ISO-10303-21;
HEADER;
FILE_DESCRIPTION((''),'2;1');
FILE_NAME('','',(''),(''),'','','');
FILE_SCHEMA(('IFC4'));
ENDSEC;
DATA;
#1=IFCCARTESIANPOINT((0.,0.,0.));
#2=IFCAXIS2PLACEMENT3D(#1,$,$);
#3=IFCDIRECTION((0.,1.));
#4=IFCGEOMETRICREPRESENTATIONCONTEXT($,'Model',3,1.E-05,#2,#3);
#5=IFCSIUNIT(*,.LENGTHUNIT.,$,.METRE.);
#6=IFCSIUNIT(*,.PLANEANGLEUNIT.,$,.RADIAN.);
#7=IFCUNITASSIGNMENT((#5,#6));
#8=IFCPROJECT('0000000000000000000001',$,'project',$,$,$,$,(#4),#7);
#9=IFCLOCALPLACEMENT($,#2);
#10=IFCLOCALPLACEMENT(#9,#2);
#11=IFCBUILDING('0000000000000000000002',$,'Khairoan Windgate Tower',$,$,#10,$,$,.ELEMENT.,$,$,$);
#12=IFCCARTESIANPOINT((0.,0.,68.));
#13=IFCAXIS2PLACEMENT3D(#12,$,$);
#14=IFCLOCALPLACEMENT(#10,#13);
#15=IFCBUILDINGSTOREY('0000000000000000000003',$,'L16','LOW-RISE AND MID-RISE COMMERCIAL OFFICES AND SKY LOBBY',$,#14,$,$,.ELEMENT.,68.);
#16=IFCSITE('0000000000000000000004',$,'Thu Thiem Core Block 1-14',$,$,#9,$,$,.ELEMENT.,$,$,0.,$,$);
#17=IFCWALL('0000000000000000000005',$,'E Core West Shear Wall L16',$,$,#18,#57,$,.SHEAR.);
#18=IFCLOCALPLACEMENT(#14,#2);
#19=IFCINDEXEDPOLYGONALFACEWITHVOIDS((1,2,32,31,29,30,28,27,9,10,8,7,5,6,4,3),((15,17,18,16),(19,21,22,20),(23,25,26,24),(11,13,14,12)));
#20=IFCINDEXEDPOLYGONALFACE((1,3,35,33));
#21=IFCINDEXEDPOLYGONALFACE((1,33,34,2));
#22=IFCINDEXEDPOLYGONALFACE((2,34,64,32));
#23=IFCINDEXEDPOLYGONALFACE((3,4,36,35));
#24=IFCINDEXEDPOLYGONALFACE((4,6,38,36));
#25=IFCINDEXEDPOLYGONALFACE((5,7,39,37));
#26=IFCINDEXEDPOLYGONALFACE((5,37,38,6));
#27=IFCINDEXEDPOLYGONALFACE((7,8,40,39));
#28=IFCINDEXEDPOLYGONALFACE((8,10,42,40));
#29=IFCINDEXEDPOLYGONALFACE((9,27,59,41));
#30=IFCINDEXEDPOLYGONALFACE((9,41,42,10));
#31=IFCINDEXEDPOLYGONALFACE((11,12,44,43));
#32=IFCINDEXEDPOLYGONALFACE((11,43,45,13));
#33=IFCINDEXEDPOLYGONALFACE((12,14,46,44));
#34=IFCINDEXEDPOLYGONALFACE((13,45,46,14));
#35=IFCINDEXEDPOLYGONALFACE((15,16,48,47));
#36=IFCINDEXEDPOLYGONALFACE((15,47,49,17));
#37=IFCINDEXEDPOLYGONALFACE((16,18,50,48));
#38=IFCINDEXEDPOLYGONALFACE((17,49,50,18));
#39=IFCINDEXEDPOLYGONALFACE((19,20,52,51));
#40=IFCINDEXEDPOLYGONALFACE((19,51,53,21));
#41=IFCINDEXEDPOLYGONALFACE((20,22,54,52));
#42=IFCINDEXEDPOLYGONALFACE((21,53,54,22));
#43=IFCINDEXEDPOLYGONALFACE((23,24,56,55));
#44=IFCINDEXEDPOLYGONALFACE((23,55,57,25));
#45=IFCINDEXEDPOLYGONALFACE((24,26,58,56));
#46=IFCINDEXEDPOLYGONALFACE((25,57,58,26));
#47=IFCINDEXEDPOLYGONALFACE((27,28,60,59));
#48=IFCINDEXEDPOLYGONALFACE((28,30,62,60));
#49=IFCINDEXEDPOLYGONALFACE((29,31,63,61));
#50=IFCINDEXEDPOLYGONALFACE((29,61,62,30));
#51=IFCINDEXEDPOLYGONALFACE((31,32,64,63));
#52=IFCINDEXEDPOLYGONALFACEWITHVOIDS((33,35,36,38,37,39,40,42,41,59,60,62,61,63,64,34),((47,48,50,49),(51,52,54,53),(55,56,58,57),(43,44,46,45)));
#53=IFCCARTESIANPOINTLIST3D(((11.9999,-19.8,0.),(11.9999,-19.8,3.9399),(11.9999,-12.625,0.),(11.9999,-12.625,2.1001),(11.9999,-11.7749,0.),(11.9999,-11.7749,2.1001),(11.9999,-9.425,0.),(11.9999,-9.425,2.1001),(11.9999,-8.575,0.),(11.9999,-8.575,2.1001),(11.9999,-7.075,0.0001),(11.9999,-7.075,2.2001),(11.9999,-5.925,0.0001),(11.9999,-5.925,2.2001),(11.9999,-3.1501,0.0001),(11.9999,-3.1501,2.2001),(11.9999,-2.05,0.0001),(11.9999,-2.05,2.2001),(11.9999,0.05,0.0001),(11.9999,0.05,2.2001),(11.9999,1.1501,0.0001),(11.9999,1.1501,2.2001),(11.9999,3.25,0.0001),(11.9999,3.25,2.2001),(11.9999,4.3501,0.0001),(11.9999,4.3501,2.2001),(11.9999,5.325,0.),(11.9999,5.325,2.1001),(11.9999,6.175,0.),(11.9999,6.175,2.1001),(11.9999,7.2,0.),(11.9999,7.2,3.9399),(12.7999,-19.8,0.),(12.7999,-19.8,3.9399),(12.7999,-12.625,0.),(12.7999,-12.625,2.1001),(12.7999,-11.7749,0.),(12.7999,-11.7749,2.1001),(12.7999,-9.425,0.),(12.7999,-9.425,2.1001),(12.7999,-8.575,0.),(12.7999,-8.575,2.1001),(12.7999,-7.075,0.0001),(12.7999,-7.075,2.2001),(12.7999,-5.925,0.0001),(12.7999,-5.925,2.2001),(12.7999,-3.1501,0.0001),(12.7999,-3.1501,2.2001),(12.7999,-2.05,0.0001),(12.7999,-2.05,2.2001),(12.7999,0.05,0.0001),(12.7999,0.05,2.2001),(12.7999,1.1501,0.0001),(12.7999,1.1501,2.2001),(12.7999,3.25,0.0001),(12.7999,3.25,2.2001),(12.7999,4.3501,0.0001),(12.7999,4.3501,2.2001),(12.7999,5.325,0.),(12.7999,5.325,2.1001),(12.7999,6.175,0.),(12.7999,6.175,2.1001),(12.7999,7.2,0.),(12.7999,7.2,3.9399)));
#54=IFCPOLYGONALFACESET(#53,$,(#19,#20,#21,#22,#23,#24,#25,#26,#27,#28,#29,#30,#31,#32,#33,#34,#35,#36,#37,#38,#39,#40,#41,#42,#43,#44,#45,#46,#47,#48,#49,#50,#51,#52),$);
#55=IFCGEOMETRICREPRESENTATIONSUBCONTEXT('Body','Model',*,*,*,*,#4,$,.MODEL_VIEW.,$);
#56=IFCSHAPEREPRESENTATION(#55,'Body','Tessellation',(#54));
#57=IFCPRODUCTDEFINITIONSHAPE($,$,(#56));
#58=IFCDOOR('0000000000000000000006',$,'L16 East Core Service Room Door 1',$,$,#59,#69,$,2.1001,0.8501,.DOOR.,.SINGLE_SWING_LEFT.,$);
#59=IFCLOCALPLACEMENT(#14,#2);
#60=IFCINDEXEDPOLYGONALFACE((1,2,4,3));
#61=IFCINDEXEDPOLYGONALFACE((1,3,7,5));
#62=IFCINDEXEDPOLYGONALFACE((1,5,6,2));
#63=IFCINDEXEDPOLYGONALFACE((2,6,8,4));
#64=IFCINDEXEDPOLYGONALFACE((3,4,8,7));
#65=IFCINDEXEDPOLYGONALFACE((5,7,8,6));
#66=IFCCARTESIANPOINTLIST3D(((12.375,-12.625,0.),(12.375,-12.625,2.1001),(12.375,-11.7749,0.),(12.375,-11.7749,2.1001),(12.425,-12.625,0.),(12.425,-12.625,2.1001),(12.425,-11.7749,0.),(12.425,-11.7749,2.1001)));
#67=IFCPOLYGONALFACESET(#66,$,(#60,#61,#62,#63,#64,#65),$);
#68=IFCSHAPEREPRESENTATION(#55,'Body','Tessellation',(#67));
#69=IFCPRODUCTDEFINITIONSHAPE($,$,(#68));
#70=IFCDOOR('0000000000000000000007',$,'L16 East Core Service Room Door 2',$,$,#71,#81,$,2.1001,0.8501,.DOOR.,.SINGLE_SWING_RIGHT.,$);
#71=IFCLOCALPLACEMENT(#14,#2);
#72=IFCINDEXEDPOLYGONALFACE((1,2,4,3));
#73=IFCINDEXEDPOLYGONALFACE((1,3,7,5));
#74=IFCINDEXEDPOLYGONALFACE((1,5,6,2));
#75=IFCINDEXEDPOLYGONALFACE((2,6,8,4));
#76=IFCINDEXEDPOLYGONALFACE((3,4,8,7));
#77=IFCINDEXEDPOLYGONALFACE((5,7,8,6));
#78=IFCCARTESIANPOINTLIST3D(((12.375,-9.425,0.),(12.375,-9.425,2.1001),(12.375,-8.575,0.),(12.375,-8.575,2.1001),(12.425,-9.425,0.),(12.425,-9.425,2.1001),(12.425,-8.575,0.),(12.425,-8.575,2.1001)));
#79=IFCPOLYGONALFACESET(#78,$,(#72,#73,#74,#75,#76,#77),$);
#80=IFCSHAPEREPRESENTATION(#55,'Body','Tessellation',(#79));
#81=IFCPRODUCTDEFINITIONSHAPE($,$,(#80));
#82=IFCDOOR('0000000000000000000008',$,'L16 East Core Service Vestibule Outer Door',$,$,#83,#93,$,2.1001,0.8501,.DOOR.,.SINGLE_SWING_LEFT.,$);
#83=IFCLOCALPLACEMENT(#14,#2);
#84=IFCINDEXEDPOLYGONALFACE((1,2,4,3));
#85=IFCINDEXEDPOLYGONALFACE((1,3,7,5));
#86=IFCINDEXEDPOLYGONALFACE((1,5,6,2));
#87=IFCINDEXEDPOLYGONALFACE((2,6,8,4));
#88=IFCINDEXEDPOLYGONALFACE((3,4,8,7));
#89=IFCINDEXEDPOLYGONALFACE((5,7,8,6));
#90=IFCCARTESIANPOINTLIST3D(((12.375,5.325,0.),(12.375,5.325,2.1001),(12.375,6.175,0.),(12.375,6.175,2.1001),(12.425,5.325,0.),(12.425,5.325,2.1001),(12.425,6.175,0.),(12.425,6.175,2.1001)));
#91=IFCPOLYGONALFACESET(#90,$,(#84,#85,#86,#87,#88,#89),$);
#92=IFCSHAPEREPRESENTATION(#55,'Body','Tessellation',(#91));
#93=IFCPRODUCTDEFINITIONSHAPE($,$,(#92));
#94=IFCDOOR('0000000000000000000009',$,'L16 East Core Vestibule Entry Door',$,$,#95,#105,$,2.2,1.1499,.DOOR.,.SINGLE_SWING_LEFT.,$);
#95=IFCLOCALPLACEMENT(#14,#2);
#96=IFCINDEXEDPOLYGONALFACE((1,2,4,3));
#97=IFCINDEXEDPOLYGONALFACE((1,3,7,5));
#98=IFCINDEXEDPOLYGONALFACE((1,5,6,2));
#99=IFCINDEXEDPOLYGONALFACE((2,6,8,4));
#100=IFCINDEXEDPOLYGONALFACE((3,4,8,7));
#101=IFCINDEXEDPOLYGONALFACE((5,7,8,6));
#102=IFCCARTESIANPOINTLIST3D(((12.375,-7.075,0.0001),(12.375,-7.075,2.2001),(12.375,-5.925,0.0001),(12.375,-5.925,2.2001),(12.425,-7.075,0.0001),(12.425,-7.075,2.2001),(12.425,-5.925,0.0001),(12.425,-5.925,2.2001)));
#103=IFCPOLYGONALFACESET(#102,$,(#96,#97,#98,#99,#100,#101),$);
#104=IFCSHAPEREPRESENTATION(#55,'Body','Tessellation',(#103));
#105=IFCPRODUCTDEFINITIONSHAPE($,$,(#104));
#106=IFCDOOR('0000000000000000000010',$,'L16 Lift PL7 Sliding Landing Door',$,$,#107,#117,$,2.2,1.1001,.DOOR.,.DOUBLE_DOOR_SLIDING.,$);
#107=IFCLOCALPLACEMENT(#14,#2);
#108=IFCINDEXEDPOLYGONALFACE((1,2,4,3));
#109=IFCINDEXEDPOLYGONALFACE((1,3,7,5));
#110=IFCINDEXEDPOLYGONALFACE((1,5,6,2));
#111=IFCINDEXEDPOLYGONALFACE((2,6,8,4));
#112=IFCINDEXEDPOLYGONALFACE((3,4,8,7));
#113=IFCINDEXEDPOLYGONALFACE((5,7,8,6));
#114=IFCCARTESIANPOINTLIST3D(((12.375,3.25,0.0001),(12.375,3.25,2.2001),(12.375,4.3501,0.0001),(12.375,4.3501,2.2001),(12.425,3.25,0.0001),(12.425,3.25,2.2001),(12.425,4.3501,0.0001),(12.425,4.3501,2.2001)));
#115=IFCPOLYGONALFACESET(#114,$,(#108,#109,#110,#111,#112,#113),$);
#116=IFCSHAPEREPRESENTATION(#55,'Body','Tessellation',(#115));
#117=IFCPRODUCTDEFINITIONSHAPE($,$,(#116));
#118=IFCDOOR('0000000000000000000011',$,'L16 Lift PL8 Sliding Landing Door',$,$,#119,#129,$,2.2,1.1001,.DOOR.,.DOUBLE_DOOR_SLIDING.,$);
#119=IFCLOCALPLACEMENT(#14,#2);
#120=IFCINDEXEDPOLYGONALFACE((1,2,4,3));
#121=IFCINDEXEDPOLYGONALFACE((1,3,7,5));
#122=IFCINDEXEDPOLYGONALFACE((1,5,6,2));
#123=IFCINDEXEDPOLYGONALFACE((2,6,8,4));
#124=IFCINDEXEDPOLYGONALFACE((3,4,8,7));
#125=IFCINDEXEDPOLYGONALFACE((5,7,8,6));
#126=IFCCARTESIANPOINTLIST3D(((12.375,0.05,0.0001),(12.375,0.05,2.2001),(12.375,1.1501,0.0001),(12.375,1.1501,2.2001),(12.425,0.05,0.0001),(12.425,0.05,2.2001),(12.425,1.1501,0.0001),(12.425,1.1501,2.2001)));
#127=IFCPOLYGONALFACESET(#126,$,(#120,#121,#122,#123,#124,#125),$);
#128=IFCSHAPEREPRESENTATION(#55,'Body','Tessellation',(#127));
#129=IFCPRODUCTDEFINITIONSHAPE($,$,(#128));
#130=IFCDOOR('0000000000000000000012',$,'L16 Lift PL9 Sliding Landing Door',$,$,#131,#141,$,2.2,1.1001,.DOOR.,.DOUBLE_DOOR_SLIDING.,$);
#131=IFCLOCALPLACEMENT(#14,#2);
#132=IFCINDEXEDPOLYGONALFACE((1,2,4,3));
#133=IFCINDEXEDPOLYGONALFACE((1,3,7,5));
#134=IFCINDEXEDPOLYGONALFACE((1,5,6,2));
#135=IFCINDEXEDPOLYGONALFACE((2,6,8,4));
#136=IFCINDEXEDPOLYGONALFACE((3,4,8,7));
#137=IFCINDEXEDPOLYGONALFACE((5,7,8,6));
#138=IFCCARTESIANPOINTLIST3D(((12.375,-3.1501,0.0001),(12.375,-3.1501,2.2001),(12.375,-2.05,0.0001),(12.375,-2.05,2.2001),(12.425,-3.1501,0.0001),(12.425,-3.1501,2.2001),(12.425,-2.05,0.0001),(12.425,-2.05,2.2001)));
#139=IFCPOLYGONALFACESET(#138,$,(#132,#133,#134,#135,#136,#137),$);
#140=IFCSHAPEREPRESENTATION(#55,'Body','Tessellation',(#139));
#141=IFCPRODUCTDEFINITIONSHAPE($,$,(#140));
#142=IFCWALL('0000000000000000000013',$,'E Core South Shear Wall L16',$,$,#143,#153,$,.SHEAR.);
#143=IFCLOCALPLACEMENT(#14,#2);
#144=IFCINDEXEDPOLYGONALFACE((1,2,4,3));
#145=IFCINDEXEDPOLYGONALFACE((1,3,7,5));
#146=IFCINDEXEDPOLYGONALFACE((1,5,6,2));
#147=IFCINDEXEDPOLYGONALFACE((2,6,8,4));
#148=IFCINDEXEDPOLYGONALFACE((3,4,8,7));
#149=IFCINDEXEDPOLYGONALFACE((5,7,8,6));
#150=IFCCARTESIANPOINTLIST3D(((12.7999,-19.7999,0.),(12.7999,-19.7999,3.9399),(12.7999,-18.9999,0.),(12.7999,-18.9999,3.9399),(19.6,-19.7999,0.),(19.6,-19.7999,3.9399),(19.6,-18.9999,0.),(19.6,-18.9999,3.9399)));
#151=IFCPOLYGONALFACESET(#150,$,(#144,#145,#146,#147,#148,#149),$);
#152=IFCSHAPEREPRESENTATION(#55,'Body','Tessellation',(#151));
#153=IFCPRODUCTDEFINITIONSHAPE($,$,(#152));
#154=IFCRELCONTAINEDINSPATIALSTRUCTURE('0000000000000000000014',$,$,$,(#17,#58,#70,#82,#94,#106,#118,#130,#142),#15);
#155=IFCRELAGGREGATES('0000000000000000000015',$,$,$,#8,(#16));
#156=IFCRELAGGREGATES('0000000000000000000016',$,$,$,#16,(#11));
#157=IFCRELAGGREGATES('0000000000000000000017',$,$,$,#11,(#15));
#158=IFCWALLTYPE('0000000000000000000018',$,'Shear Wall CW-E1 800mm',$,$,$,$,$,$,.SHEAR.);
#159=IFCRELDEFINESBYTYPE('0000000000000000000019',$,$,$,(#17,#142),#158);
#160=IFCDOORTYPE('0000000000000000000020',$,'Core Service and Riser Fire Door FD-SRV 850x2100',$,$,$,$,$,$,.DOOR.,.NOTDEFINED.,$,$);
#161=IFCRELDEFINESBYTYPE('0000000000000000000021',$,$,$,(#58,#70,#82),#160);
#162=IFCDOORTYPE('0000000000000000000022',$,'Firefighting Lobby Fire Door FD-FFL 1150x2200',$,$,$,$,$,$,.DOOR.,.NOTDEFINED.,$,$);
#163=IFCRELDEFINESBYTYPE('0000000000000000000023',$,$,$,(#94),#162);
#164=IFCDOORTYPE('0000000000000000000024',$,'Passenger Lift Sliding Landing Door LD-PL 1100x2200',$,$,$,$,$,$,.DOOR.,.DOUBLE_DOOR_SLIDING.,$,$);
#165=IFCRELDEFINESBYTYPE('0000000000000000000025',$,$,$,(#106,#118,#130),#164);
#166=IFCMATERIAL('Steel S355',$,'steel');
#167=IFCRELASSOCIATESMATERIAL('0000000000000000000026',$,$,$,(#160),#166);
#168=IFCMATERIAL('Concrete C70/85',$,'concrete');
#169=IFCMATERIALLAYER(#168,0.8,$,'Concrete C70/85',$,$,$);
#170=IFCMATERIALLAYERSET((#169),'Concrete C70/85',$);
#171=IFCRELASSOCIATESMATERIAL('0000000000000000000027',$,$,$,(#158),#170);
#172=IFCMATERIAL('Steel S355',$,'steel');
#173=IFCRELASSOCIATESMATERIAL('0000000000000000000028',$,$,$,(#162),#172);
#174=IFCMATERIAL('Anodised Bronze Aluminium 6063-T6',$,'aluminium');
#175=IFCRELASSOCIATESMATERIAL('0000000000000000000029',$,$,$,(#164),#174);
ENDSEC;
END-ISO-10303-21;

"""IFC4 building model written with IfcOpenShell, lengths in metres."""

from ifc_helpers import new_model, si_unit, direction, frame, frame_2d, origin, place, context, subcontext, project, spatial, rectangle, extrude, material, layer, layer_set, type_object, element, fill, save


model = new_model("IFC4")

# Units and contexts
model_context = context("Model", 3, precision=1e-05, world=origin(), true_north=direction((0.0, 1.0)))
body_context = subcontext(model_context, "Body", "Model", "MODEL_VIEW")
ifc_project = project(units=[si_unit("LENGTHUNIT", "METRE"), si_unit("PLANEANGLEUNIT", "RADIAN")], contexts=[model_context])

# Site, building, storey
site_placement = place(None, origin())
site = spatial("IfcSite", under=ifc_project, at=site_placement, Name="Thu Thiem Core Block 1-14", CompositionType="ELEMENT", RefElevation=0.0)
building_placement = place(site_placement, origin())
building = spatial("IfcBuilding", under=site, at=building_placement, Name="Khairoan Windgate Tower", CompositionType="ELEMENT")
storey_placement = place(building_placement, frame((0.0, 0.0, 68.0)))
storey = spatial("IfcBuildingStorey", under=building, at=storey_placement, Name="L16", Description="LOW-RISE AND MID-RISE COMMERCIAL OFFICES AND SKY LOBBY", CompositionType="ELEMENT", Elevation=68.0)

# Shared definitions
ifc_material_1 = material(Name="Steel S355", Category="steel")
door_type_1 = type_object("IfcDoorType", Name="Core Service and Riser Fire Door FD-SRV 850x2100", OperationType="NOTDEFINED", PredefinedType="DOOR", material=ifc_material_1)

# Wall, openings, doors
ifc_material_2 = material(Name="Concrete C70/85", Category="concrete")
ifc_layer_1 = layer(ifc_material_2, 0.8, Name="Concrete C70/85")
ifc_layer_set_1 = layer_set([ifc_layer_1], Name="Concrete C70/85")
wall_type_1 = type_object("IfcWallType", Name="Shear Wall CW-E1 800mm", PredefinedType="SHEAR", material=ifc_layer_set_1)
wall_1_placement = place(storey_placement, frame((12.3999, -19.8, 0.0), z_axis=(0.0, 0.0, 1.0), x_axis=(0.0, 1.0, 0.0)))
wall_1 = element("IfcWall", 1, at=wall_1_placement, inside=storey, type_object=wall_type_1, Name="E Core West Shear Wall L16", PredefinedType="SHEAR", context=body_context, shape_type="SweptSolid", body=[
    extrude(rectangle(XDim=27.0, YDim=0.8, at=frame_2d((13.5, 0.0))), origin(), (0.0, 0.0, 1.0), 3.9399),
])
opening_1_placement = place(wall_1_placement, frame((23.05, 0.0, 0.0)))
opening_1 = element("IfcOpeningElement", 2, at=opening_1_placement, cuts=wall_1, PredefinedType="OPENING", context=body_context, shape_type="SweptSolid", body=[
    extrude(rectangle(XDim=1.1001, YDim=2.2, at=frame_2d((0.55, 1.1001))), frame((0.0, 0.4099, 0.0), z_axis=(0.0, -1.0, 0.0), x_axis=(1.0, 0.0, 0.0)), (0.0, 0.0, 1.0), 0.8201),
])
opening_2_placement = place(wall_1_placement, frame((19.8501, 0.0, 0.0)))
opening_2 = element("IfcOpeningElement", 3, at=opening_2_placement, cuts=wall_1, PredefinedType="OPENING", context=body_context, shape_type="SweptSolid", body=[
    extrude(rectangle(XDim=1.1001, YDim=2.2, at=frame_2d((0.55, 1.1001))), frame((0.0, 0.4099, 0.0), z_axis=(0.0, -1.0, 0.0), x_axis=(1.0, 0.0, 0.0)), (0.0, 0.0, 1.0), 0.8201),
])
opening_3_placement = place(wall_1_placement, frame((16.6499, 0.0, 0.0)))
opening_3 = element("IfcOpeningElement", 4, at=opening_3_placement, cuts=wall_1, PredefinedType="OPENING", context=body_context, shape_type="SweptSolid", body=[
    extrude(rectangle(XDim=1.1001, YDim=2.2, at=frame_2d((0.55, 1.1001))), frame((0.0, 0.4099, 0.0), z_axis=(0.0, -1.0, 0.0), x_axis=(1.0, 0.0, 0.0)), (0.0, 0.0, 1.0), 0.8201),
])
opening_4_placement = place(wall_1_placement, frame((7.175, 0.0, 0.0)))
opening_4 = element("IfcOpeningElement", 5, at=opening_4_placement, cuts=wall_1, PredefinedType="OPENING", context=body_context, shape_type="SweptSolid", body=[
    extrude(rectangle(XDim=0.8501, YDim=2.1001, at=frame_2d((0.425, 1.05))), frame((0.0, 0.4099, 0.0), z_axis=(0.0, -1.0, 0.0), x_axis=(1.0, 0.0, 0.0)), (0.0, 0.0, 1.0), 0.8201),
])
opening_5_placement = place(wall_1_placement, frame((10.375, 0.0, 0.0)))
opening_5 = element("IfcOpeningElement", 6, at=opening_5_placement, cuts=wall_1, PredefinedType="OPENING", context=body_context, shape_type="SweptSolid", body=[
    extrude(rectangle(XDim=0.8501, YDim=2.1001, at=frame_2d((0.425, 1.05))), frame((0.0, 0.4099, 0.0), z_axis=(0.0, -1.0, 0.0), x_axis=(1.0, 0.0, 0.0)), (0.0, 0.0, 1.0), 0.8201),
])
opening_6_placement = place(wall_1_placement, frame((12.7251, 0.0, 0.0)))
opening_6 = element("IfcOpeningElement", 7, at=opening_6_placement, cuts=wall_1, PredefinedType="OPENING", context=body_context, shape_type="SweptSolid", body=[
    extrude(rectangle(XDim=1.1499, YDim=2.2, at=frame_2d((0.575, 1.1001))), frame((0.0, 0.4099, 0.0), z_axis=(0.0, -1.0, 0.0), x_axis=(1.0, 0.0, 0.0)), (0.0, 0.0, 1.0), 0.8201),
])
opening_7_placement = place(wall_1_placement, frame((25.125, 0.0, 0.0)))
opening_7 = element("IfcOpeningElement", 8, at=opening_7_placement, cuts=wall_1, PredefinedType="OPENING", context=body_context, shape_type="SweptSolid", body=[
    extrude(rectangle(XDim=0.8501, YDim=2.1001, at=frame_2d((0.425, 1.05))), frame((0.0, 0.4099, 0.0), z_axis=(0.0, -1.0, 0.0), x_axis=(1.0, 0.0, 0.0)), (0.0, 0.0, 1.0), 0.8201),
])
door_1_placement = place(opening_4_placement, origin())
door_1 = element("IfcDoor", 9, at=door_1_placement, inside=storey, type_object=door_type_1, Name="L16 East Core Service Room Door 1", OperationType="SINGLE_SWING_LEFT", OverallHeight=2.1001, OverallWidth=0.8501, PredefinedType="DOOR", context=body_context, shape_type="SweptSolid", body=[
    extrude(rectangle(XDim=0.8501, YDim=2.1001, at=frame_2d((0.425, 1.05))), frame((0.0, 0.0249, 0.0), z_axis=(0.0, -1.0, 0.0), x_axis=(1.0, 0.0, 0.0)), (0.0, 0.0, 1.0), 0.05),
])
fill(opening_4, door_1)
door_2_placement = place(opening_5_placement, origin())
door_2 = element("IfcDoor", 10, at=door_2_placement, inside=storey, type_object=door_type_1, Name="L16 East Core Service Room Door 2", OperationType="SINGLE_SWING_RIGHT", OverallHeight=2.1001, OverallWidth=0.8501, PredefinedType="DOOR", context=body_context, shape_type="SweptSolid", body=[
    extrude(rectangle(XDim=0.8501, YDim=2.1001, at=frame_2d((0.425, 1.05))), frame((0.0, 0.0249, 0.0), z_axis=(0.0, -1.0, 0.0), x_axis=(1.0, 0.0, 0.0)), (0.0, 0.0, 1.0), 0.05),
])
fill(opening_5, door_2)
door_3_placement = place(opening_7_placement, origin())
door_3 = element("IfcDoor", 11, at=door_3_placement, inside=storey, type_object=door_type_1, Name="L16 East Core Service Vestibule Outer Door", OperationType="SINGLE_SWING_LEFT", OverallHeight=2.1001, OverallWidth=0.8501, PredefinedType="DOOR", context=body_context, shape_type="SweptSolid", body=[
    extrude(rectangle(XDim=0.8501, YDim=2.1001, at=frame_2d((0.425, 1.05))), frame((0.0, 0.0249, 0.0), z_axis=(0.0, -1.0, 0.0), x_axis=(1.0, 0.0, 0.0)), (0.0, 0.0, 1.0), 0.05),
])
fill(opening_7, door_3)
ifc_material_3 = material(Name="Steel S355", Category="steel")
door_type_2 = type_object("IfcDoorType", Name="Firefighting Lobby Fire Door FD-FFL 1150x2200", OperationType="NOTDEFINED", PredefinedType="DOOR", material=ifc_material_3)
door_4_placement = place(opening_6_placement, origin())
door_4 = element("IfcDoor", 12, at=door_4_placement, inside=storey, type_object=door_type_2, Name="L16 East Core Vestibule Entry Door", OperationType="SINGLE_SWING_LEFT", OverallHeight=2.2, OverallWidth=1.1499, PredefinedType="DOOR", context=body_context, shape_type="SweptSolid", body=[
    extrude(rectangle(XDim=1.1499, YDim=2.2, at=frame_2d((0.575, 1.1001))), frame((0.0, 0.0249, 0.0), z_axis=(0.0, -1.0, 0.0), x_axis=(1.0, 0.0, 0.0)), (0.0, 0.0, 1.0), 0.05),
])
fill(opening_6, door_4)
ifc_material_4 = material(Name="Anodised Bronze Aluminium 6063-T6", Category="aluminium")
door_type_3 = type_object("IfcDoorType", Name="Passenger Lift Sliding Landing Door LD-PL 1100x2200", OperationType="DOUBLE_DOOR_SLIDING", PredefinedType="DOOR", material=ifc_material_4)
door_5_placement = place(opening_1_placement, origin())
door_5 = element("IfcDoor", 13, at=door_5_placement, inside=storey, type_object=door_type_3, Name="L16 Lift PL7 Sliding Landing Door", OperationType="DOUBLE_DOOR_SLIDING", OverallHeight=2.2, OverallWidth=1.1001, PredefinedType="DOOR", context=body_context, shape_type="SweptSolid", body=[
    extrude(rectangle(XDim=1.1001, YDim=2.2, at=frame_2d((0.55, 1.1001))), frame((0.0, 0.0249, 0.0), z_axis=(0.0, -1.0, 0.0), x_axis=(1.0, 0.0, 0.0)), (0.0, 0.0, 1.0), 0.05),
])
fill(opening_1, door_5)
door_6_placement = place(opening_2_placement, origin())
door_6 = element("IfcDoor", 14, at=door_6_placement, inside=storey, type_object=door_type_3, Name="L16 Lift PL8 Sliding Landing Door", OperationType="DOUBLE_DOOR_SLIDING", OverallHeight=2.2, OverallWidth=1.1001, PredefinedType="DOOR", context=body_context, shape_type="SweptSolid", body=[
    extrude(rectangle(XDim=1.1001, YDim=2.2, at=frame_2d((0.55, 1.1001))), frame((0.0, 0.0249, 0.0), z_axis=(0.0, -1.0, 0.0), x_axis=(1.0, 0.0, 0.0)), (0.0, 0.0, 1.0), 0.05),
])
fill(opening_2, door_6)
door_7_placement = place(opening_3_placement, origin())
door_7 = element("IfcDoor", 15, at=door_7_placement, inside=storey, type_object=door_type_3, Name="L16 Lift PL9 Sliding Landing Door", OperationType="DOUBLE_DOOR_SLIDING", OverallHeight=2.2, OverallWidth=1.1001, PredefinedType="DOOR", context=body_context, shape_type="SweptSolid", body=[
    extrude(rectangle(XDim=1.1001, YDim=2.2, at=frame_2d((0.55, 1.1001))), frame((0.0, 0.0249, 0.0), z_axis=(0.0, -1.0, 0.0), x_axis=(1.0, 0.0, 0.0)), (0.0, 0.0, 1.0), 0.05),
])
fill(opening_3, door_7)

# Wall
wall_2_placement = place(storey_placement, frame((12.8, -19.3999, 0.0), z_axis=(0.0, 0.0, 1.0), x_axis=(1.0, 0.0, 0.0)))
element("IfcWall", 16, at=wall_2_placement, inside=storey, type_object=wall_type_1, Name="E Core South Shear Wall L16", PredefinedType="SHEAR", context=body_context, shape_type="SweptSolid", body=[
    extrude(rectangle(XDim=6.8, YDim=0.8, at=frame_2d((3.3999, 0.0))), origin(), (0.0, 0.0, 1.0), 3.9399),
])

save(model, "model.ifc")
